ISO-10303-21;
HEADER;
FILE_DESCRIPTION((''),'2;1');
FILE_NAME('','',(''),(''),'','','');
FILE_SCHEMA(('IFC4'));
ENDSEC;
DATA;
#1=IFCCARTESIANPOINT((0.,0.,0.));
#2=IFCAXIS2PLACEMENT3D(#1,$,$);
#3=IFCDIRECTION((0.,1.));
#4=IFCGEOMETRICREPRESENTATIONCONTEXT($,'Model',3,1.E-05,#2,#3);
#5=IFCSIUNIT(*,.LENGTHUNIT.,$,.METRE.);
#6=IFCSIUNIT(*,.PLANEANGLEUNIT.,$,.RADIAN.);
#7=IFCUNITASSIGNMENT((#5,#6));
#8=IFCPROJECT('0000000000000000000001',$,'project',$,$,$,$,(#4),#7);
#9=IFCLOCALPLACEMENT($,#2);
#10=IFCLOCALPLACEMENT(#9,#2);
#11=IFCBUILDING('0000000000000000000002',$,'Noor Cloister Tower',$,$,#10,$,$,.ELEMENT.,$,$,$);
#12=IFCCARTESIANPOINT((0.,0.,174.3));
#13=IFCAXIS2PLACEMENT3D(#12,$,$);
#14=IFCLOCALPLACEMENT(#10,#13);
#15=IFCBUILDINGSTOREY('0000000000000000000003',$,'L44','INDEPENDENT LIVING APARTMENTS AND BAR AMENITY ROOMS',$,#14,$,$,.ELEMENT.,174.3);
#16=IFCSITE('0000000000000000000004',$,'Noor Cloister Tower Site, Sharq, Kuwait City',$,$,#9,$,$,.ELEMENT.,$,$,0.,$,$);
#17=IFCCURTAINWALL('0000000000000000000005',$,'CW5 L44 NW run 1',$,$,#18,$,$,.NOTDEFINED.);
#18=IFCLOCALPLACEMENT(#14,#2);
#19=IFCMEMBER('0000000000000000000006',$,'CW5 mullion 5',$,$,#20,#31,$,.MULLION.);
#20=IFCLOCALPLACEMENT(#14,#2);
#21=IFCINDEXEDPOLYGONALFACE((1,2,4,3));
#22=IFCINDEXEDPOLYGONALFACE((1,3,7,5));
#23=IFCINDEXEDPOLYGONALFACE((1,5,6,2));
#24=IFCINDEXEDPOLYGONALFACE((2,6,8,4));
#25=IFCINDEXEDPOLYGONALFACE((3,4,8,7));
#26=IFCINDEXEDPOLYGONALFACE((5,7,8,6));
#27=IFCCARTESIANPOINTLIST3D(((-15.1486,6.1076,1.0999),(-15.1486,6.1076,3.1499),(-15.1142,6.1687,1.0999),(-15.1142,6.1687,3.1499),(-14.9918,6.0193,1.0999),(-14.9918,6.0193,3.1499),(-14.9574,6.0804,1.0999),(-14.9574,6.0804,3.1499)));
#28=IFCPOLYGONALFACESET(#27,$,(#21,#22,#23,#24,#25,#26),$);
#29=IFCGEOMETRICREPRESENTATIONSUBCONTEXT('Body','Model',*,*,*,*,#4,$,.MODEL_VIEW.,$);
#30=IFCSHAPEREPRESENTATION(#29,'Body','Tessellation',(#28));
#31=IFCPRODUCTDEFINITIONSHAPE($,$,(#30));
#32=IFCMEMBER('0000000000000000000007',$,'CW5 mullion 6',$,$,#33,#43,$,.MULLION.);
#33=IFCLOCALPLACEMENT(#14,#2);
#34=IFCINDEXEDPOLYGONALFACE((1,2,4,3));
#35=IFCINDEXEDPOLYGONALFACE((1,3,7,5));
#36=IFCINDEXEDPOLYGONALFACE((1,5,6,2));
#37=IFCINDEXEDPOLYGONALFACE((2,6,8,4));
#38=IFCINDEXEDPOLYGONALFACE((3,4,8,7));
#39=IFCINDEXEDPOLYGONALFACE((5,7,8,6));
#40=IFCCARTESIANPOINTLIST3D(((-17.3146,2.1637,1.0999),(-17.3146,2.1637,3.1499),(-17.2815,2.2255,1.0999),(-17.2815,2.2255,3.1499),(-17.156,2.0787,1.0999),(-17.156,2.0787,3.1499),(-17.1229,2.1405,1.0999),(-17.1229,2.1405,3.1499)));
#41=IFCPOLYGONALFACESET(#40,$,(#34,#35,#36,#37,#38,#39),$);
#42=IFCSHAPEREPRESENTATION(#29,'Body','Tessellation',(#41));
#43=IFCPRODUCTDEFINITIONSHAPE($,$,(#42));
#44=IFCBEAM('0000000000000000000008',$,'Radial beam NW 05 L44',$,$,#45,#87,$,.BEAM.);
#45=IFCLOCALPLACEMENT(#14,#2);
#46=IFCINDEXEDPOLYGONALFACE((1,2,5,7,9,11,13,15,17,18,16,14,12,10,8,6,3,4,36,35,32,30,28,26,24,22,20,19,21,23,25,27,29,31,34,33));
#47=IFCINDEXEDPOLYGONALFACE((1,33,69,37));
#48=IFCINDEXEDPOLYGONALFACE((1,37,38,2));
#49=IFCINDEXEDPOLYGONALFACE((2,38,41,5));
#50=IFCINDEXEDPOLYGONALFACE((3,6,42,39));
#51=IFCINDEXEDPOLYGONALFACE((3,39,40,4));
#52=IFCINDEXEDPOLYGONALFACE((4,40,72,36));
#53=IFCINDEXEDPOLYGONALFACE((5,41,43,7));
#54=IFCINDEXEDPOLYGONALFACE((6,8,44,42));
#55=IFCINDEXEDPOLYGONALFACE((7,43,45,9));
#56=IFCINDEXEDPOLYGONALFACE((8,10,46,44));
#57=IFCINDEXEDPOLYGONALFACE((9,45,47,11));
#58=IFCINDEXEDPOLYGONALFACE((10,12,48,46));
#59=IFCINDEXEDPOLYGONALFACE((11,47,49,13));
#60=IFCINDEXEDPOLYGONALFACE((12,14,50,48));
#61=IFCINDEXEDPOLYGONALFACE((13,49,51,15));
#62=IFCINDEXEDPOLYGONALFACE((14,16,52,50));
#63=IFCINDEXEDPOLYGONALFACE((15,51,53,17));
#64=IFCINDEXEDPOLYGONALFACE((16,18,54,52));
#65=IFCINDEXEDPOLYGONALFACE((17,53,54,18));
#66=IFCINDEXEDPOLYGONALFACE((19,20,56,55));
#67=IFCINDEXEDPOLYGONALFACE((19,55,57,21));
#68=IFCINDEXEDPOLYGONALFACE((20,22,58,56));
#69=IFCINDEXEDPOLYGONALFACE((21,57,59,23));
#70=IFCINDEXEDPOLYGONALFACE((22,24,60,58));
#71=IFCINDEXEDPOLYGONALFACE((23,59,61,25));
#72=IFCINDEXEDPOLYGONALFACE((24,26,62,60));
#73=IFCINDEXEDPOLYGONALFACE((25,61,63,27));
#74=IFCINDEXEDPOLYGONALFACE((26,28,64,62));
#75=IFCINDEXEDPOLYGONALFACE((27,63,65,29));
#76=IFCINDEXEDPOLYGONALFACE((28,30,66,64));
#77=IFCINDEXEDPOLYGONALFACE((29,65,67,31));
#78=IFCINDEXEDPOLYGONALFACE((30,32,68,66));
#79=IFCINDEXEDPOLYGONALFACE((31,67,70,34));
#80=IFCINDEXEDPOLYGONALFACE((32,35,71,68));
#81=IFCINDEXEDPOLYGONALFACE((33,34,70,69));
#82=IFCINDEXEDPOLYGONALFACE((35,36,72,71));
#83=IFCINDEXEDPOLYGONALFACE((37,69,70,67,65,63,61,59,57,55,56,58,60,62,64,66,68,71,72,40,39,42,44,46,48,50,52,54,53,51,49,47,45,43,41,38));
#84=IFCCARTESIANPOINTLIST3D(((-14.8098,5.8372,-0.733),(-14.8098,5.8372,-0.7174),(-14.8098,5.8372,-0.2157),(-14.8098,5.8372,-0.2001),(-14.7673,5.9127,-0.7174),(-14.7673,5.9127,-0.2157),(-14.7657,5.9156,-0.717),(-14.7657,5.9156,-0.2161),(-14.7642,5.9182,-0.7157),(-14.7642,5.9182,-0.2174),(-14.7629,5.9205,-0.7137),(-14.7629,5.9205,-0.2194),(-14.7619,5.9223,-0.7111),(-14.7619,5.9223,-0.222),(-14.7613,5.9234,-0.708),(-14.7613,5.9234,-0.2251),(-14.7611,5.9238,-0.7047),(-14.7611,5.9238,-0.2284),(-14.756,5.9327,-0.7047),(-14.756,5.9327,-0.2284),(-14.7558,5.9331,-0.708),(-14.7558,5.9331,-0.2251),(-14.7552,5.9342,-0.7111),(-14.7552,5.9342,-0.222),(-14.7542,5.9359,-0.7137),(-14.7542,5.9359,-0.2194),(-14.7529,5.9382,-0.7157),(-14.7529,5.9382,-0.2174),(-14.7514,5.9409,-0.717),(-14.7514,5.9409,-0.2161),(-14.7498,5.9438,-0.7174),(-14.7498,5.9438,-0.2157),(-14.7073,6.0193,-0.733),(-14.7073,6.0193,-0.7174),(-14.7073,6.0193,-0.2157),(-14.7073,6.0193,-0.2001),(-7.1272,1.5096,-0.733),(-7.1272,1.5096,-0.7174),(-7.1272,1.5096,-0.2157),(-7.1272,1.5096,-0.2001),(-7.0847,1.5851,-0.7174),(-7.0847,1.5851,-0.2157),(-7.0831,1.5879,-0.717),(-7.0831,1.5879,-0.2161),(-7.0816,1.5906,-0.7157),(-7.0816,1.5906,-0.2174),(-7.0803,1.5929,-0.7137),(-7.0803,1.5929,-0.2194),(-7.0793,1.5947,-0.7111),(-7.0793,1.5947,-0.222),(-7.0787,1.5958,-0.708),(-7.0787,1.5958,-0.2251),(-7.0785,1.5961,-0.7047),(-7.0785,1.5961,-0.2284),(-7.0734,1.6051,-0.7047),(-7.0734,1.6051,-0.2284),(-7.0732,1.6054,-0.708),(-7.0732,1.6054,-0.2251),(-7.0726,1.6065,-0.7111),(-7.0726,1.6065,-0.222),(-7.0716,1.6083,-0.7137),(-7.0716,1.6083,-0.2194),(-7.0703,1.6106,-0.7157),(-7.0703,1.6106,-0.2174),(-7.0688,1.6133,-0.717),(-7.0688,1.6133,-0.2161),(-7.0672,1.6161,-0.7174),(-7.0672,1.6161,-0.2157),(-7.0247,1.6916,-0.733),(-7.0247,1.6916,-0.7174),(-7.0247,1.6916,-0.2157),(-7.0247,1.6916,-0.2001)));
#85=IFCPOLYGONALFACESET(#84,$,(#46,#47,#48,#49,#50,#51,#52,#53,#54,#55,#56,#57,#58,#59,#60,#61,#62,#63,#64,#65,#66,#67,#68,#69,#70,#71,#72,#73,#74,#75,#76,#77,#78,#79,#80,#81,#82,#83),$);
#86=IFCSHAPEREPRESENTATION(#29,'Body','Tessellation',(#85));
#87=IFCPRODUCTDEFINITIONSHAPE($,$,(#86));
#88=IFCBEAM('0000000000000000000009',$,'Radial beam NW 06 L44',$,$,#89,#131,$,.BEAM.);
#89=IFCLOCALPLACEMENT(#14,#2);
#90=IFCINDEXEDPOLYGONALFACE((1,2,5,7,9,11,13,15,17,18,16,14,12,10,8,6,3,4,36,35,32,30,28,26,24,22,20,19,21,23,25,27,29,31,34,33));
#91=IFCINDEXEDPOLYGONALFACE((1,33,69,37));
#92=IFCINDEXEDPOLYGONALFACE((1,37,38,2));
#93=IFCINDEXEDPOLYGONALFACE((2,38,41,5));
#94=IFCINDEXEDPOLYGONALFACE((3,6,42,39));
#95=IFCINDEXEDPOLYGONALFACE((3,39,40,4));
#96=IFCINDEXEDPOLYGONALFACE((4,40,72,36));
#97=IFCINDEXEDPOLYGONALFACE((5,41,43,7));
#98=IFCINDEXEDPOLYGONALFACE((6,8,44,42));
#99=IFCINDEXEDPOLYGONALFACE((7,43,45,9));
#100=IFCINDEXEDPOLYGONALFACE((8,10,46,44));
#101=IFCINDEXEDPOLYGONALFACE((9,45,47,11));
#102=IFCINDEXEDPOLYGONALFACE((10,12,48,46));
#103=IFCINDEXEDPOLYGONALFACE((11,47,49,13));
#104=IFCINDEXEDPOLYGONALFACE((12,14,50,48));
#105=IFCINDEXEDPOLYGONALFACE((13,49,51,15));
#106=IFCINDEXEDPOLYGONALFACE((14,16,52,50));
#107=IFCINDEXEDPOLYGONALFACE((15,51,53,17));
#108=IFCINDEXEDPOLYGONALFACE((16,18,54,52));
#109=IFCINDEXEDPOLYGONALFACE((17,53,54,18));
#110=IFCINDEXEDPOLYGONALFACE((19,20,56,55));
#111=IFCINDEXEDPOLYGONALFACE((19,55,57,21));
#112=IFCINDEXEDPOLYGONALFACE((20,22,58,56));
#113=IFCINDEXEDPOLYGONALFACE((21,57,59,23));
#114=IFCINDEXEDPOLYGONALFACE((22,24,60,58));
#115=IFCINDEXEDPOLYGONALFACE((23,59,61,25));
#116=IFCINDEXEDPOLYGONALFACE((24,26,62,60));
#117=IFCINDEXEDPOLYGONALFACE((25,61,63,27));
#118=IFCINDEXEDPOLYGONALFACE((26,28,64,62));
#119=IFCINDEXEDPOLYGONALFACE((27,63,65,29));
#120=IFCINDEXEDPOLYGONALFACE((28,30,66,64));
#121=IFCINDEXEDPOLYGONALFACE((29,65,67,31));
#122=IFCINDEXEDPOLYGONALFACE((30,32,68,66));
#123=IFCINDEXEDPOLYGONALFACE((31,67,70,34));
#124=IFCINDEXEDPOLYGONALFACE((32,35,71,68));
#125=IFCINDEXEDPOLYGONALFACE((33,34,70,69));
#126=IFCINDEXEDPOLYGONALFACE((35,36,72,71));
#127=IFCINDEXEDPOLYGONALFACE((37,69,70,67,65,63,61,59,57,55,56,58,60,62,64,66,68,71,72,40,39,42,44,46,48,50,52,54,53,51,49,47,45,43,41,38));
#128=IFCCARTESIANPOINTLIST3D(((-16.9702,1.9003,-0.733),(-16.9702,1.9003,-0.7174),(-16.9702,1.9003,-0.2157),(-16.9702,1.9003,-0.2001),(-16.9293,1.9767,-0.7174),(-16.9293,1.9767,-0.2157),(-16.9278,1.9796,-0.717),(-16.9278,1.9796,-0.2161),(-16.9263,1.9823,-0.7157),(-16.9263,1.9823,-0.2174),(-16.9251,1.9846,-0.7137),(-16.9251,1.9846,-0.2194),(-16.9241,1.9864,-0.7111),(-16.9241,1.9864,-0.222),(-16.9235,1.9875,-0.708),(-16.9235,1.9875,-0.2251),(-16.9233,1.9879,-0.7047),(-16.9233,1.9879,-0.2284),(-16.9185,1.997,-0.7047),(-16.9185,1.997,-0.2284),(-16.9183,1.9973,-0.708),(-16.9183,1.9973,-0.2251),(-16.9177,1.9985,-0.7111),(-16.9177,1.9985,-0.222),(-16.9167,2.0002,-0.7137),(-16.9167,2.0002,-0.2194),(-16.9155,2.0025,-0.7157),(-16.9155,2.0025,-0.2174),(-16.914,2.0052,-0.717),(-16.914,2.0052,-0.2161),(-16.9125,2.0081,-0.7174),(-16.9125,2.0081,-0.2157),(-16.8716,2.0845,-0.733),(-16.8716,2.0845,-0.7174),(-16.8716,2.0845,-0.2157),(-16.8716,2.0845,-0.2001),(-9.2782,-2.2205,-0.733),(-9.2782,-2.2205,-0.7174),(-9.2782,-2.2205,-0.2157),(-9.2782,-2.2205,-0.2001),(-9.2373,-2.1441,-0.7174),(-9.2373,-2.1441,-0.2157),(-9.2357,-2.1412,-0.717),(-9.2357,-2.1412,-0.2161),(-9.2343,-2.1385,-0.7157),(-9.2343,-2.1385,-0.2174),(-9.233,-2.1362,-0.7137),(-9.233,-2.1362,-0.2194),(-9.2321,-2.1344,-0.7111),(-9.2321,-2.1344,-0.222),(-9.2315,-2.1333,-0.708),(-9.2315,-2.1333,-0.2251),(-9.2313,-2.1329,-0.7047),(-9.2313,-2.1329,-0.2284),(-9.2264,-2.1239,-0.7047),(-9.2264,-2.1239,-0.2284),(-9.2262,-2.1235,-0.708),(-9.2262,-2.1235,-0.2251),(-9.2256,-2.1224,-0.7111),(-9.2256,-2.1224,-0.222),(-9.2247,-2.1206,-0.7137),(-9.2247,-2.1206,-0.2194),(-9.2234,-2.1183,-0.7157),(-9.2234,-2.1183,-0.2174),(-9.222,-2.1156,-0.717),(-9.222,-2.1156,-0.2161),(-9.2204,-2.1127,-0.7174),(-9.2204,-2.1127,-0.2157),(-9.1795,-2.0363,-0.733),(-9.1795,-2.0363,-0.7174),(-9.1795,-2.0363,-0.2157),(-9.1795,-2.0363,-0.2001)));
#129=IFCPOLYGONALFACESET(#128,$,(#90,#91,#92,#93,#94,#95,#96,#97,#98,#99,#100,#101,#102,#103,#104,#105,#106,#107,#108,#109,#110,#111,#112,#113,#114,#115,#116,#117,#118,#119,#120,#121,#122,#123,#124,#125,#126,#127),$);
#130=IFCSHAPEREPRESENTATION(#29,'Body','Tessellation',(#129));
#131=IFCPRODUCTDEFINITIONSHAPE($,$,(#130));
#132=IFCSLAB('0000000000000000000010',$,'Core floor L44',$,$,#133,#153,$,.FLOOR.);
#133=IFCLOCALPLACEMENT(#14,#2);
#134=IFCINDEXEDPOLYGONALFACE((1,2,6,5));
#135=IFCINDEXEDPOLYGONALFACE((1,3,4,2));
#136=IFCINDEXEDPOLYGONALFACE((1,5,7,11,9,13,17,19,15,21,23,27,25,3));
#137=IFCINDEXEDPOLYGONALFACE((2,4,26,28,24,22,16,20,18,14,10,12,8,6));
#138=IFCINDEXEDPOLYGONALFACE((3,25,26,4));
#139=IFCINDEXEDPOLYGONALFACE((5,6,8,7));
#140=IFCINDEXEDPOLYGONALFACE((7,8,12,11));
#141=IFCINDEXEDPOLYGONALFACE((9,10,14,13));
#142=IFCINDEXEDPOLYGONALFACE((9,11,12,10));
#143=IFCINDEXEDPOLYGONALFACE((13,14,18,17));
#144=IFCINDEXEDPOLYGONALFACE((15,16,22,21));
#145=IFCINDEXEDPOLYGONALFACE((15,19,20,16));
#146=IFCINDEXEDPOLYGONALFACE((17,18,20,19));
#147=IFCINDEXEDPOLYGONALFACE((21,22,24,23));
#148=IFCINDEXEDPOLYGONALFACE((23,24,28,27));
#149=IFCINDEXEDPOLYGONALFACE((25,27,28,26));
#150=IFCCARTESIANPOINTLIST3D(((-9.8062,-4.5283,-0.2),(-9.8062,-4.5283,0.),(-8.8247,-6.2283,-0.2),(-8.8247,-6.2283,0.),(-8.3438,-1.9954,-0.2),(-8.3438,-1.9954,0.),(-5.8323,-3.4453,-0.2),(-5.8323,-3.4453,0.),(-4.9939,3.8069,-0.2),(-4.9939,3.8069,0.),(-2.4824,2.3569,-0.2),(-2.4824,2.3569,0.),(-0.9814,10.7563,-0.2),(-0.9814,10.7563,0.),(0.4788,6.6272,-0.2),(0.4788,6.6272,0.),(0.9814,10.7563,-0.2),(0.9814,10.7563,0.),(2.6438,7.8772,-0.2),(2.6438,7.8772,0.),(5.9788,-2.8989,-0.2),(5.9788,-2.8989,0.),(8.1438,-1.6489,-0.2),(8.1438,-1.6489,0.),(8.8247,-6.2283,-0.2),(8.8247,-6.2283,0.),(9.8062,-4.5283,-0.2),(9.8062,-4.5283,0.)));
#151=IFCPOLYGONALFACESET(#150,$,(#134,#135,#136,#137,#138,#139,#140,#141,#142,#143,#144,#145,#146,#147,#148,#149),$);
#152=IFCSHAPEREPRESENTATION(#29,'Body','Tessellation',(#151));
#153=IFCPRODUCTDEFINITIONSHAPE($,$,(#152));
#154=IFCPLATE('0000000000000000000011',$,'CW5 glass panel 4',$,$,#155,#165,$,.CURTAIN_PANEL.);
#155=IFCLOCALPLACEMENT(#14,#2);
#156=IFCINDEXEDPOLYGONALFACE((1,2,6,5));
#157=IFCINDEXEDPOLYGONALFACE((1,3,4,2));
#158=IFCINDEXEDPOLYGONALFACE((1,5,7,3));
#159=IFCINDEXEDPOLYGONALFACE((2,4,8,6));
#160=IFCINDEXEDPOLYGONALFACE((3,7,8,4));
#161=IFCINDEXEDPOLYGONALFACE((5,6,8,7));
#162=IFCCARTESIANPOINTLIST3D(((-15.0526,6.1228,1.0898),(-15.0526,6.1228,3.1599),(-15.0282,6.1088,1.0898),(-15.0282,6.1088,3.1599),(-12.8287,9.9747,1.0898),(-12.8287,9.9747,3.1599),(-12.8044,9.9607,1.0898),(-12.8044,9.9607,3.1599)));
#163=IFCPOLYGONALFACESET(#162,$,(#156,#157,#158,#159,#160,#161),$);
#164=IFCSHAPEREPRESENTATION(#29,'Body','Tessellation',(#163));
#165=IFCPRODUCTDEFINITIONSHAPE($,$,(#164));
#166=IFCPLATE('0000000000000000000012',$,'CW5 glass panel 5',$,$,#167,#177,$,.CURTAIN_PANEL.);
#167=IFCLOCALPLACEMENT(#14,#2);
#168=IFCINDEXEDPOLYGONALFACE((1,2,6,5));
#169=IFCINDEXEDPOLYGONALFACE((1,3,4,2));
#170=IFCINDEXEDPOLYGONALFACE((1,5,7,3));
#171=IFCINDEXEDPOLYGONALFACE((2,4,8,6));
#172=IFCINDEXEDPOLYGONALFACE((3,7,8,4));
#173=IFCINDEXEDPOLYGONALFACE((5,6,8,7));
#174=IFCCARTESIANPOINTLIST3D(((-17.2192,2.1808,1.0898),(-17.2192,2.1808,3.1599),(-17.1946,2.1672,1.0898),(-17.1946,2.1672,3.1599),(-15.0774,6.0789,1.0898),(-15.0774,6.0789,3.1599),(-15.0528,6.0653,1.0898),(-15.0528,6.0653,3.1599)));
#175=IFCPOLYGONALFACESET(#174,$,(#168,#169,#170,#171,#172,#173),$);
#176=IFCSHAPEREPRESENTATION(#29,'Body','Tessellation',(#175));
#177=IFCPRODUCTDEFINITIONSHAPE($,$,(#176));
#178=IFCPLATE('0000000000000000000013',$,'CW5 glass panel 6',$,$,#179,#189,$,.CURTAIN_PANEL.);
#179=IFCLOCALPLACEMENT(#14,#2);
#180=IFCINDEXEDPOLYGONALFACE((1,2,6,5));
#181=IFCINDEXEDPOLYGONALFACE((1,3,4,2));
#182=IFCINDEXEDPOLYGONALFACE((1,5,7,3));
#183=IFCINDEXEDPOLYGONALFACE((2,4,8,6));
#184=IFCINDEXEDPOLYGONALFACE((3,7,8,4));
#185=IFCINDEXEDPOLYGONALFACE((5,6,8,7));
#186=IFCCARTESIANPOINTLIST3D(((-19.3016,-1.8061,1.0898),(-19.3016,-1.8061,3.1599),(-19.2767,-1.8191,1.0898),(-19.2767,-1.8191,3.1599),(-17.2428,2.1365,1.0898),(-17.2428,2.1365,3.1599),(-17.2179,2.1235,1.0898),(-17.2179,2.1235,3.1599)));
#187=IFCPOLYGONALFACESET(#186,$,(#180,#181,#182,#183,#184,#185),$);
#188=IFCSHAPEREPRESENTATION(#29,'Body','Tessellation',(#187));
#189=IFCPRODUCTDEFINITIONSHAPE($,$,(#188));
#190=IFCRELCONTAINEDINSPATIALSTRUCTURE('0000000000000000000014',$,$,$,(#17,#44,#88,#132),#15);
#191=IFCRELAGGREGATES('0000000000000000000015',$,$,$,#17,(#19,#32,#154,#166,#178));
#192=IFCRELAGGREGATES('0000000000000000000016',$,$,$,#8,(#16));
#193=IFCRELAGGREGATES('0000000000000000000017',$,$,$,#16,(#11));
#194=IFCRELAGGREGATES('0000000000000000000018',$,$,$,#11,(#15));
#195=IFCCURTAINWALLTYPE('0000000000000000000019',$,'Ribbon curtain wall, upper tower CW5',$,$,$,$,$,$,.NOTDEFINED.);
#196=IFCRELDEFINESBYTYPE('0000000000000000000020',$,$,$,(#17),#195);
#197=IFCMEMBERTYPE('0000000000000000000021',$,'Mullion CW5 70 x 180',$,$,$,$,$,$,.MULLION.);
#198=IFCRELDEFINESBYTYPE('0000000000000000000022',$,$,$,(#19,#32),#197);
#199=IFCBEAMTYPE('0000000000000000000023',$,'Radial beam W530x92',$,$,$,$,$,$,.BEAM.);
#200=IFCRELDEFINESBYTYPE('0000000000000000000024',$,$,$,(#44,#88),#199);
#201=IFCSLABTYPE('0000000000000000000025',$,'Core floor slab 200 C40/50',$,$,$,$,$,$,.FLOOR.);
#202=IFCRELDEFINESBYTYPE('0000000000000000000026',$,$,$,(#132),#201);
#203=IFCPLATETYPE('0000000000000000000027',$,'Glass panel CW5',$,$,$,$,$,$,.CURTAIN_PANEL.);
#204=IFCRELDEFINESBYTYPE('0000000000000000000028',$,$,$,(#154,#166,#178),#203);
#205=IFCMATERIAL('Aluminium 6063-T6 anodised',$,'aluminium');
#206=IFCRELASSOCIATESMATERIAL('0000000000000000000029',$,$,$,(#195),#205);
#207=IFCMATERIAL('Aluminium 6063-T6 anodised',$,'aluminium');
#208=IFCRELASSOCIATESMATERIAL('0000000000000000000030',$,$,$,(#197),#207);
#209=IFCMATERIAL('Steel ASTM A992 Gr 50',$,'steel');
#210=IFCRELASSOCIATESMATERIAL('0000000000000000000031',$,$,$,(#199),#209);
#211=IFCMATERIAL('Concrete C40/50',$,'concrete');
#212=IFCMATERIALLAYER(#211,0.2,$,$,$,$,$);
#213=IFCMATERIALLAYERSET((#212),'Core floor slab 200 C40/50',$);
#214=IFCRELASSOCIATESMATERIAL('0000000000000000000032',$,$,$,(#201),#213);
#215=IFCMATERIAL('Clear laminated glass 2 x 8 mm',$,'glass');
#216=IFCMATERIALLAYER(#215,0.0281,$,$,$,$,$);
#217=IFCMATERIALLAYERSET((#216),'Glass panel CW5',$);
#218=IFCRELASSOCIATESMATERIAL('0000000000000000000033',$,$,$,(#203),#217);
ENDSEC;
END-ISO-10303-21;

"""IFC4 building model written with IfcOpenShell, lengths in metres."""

from ifc_helpers import new_model, si_unit, direction, frame, origin, origin_2d, place, context, subcontext, project, spatial, polyline, rectangle, i_section, outline, extrude, material, layer, layer_set, material_profile, profile_set, type_object, element, aggregate, save


model = new_model("IFC4")

# Units and contexts
model_context = context("Model", 3, precision=1e-05, world=origin(), true_north=direction((0.0, 1.0)))
body_context = subcontext(model_context, "Body", "Model", "MODEL_VIEW")
ifc_project = project(units=[si_unit("LENGTHUNIT", "METRE"), si_unit("PLANEANGLEUNIT", "RADIAN")], contexts=[model_context])

# Site, building, storey
site_placement = place(None, origin())
site = spatial("IfcSite", under=ifc_project, at=site_placement, Name="Noor Cloister Tower Site, Sharq, Kuwait City", CompositionType="ELEMENT", RefElevation=0.0)
building_placement = place(site_placement, origin())
building = spatial("IfcBuilding", under=site, at=building_placement, Name="Noor Cloister Tower", CompositionType="ELEMENT")
storey_placement = place(building_placement, frame((0.0, 0.0, 174.3)))
storey = spatial("IfcBuildingStorey", under=building, at=storey_placement, Name="L44", Description="INDEPENDENT LIVING APARTMENTS AND BAR AMENITY ROOMS", CompositionType="ELEMENT", Elevation=174.3)

# Curtain wall, members
ifc_material_1 = material(Name="Aluminium 6063-T6 anodised", Category="aluminium")
curtain_wall_type = type_object("IfcCurtainWallType", Name="Ribbon curtain wall, upper tower CW5", PredefinedType="NOTDEFINED", material=ifc_material_1)
curtain_wall_placement = place(storey_placement, origin())
curtain_wall = element("IfcCurtainWall", 1, at=curtain_wall_placement, inside=storey, type_object=curtain_wall_type, Name="CW5 L44 NW run 1", PredefinedType="NOTDEFINED")
ifc_material_2 = material(Name="Aluminium 6063-T6 anodised", Category="aluminium")
ifc_material_profile_1 = material_profile(ifc_material_2, rectangle(XDim=0.1799, YDim=0.0701, at=origin_2d()), Name="180 x 70 mullion")
ifc_profile_set_1 = profile_set([ifc_material_profile_1], Name="Aluminium 6063-T6 anodised")
member_type = type_object("IfcMemberType", Name="Mullion CW5 70 x 180", PredefinedType="MULLION", material=ifc_profile_set_1)
member_1_placement = place(storey_placement, frame((-15.053, 6.094, 1.0999), z_axis=(0.0, 0.0, 1.0), x_axis=(0.871272, -0.4908, 0.0)))
member_1 = element("IfcMember", 2, at=member_1_placement, type_object=member_type, Name="CW5 mullion 5", PredefinedType="MULLION", context=body_context, shape_type="SweptSolid", body=[
    extrude(rectangle(XDim=0.1799, YDim=0.0701, at=origin_2d()), origin(), (0.0, 0.0, 1.0), 2.05),
])
member_2_placement = place(storey_placement, frame((-17.2188, 2.1521, 1.0999), z_axis=(0.0, 0.0, 1.0), x_axis=(0.881472, -0.472237, 0.0)))
member_2 = element("IfcMember", 3, at=member_2_placement, type_object=member_type, Name="CW5 mullion 6", PredefinedType="MULLION", context=body_context, shape_type="SweptSolid", body=[
    extrude(rectangle(XDim=0.1799, YDim=0.0701, at=origin_2d()), origin(), (0.0, 0.0, 1.0), 2.05),
])

# Beams
ifc_material_3 = material(Name="Steel ASTM A992 Gr 50", Category="steel")
ifc_material_profile_2 = material_profile(ifc_material_3, i_section(OverallWidth=0.209, OverallDepth=0.533, WebThickness=0.0103, FlangeThickness=0.0156, FilletRadius=0.0127, at=origin_2d()), Name="W530x92")
ifc_profile_set_2 = profile_set([ifc_material_profile_2], Name="Steel ASTM A992 Gr 50")
beam_type_1 = type_object("IfcBeamType", Name="Radial beam W530x92", PredefinedType="BEAM", material=ifc_profile_set_2)
beam_1_placement = place(storey_placement, frame((-14.7585, 5.9282, -0.4666), z_axis=(0.871277, -0.490792, 0.0), x_axis=(0.490792, 0.871277, 0.0)))
element("IfcBeam", 4, at=beam_1_placement, inside=storey, type_object=beam_type_1, Name="Radial beam NW 05 L44", PredefinedType="BEAM", context=body_context, shape_type="SweptSolid", body=[
    extrude(i_section(OverallWidth=0.209, OverallDepth=0.533, WebThickness=0.0103, FlangeThickness=0.0156, FilletRadius=0.0127, at=origin_2d()), origin(), (0.0, 0.0, 1.0), 8.8176),
])
beam_2_placement = place(storey_placement, frame((-16.9209, 1.9924, -0.4666), z_axis=(0.881477, -0.472227, 0.0), x_axis=(0.472227, 0.881477, 0.0)))
element("IfcBeam", 5, at=beam_2_placement, inside=storey, type_object=beam_type_1, Name="Radial beam NW 06 L44", PredefinedType="BEAM", context=body_context, shape_type="SweptSolid", body=[
    extrude(i_section(OverallWidth=0.209, OverallDepth=0.533, WebThickness=0.0103, FlangeThickness=0.0156, FilletRadius=0.0127, at=origin_2d()), origin(), (0.0, 0.0, 1.0), 8.7263),
])

# Slab
ifc_material_4 = material(Name="Concrete C40/50", Category="concrete")
ifc_layer_1 = layer(ifc_material_4, 0.2)
ifc_layer_set_1 = layer_set([ifc_layer_1], Name="Core floor slab 200 C40/50")
slab_type_1 = type_object("IfcSlabType", Name="Core floor slab 200 C40/50", PredefinedType="FLOOR", material=ifc_layer_set_1)
slab_1_placement = place(storey_placement, frame((0.0, 0.0, -0.2)))
element("IfcSlab", 6, at=slab_1_placement, inside=storey, type_object=slab_type_1, Name="Core floor L44", PredefinedType="FLOOR", context=body_context, shape_type="SweptSolid", body=[
    extrude(outline(polyline([(2.6438, 7.8772), (0.9814, 10.7563), (-0.9814, 10.7563), (-4.9939, 3.8069), (-2.4824, 2.3569), (-5.8323, -3.4453), (-8.3438, -1.9954), (-9.8062, -4.5283), (-8.8247, -6.2283), (8.8247, -6.2283), (9.8062, -4.5283), (8.1438, -1.6489), (5.9788, -2.8989), (0.4788, 6.6272), (2.6438, 7.8772)])), origin(), (0.0, 0.0, 1.0), 0.2),
])

# Plates
ifc_material_5 = material(Name="Clear laminated glass 2 x 8 mm", Category="glass")
ifc_layer_2 = layer(ifc_material_5, 0.0281)
ifc_layer_set_2 = layer_set([ifc_layer_2], Name="Glass panel CW5")
plate_type = type_object("IfcPlateType", Name="Glass panel CW5", PredefinedType="CURTAIN_PANEL", material=ifc_layer_set_2)
plate_1_placement = place(storey_placement, frame((-13.9285, 8.0417, 1.0898), z_axis=(0.0, 0.0, 1.0), x_axis=(-0.5, -0.866025, 0.0)))
plate_1 = element("IfcPlate", 7, at=plate_1_placement, type_object=plate_type, Name="CW5 glass panel 4", PredefinedType="CURTAIN_PANEL", context=body_context, shape_type="SweptSolid", body=[
    extrude(rectangle(XDim=4.4478, YDim=0.0281, at=origin_2d()), origin(), (0.0, 0.0, 1.0), 2.0701),
])
plate_2_placement = place(storey_placement, frame((-16.136, 4.123, 1.0898), z_axis=(0.0, 0.0, 1.0), x_axis=(-0.481545, -0.876421, 0.0)))
plate_2 = element("IfcPlate", 8, at=plate_2_placement, type_object=plate_type, Name="CW5 glass panel 5", PredefinedType="CURTAIN_PANEL", context=body_context, shape_type="SweptSolid", body=[
    extrude(rectangle(XDim=4.4478, YDim=0.0281, at=origin_2d()), origin(), (0.0, 0.0, 1.0), 2.0701),
])
plate_3_placement = place(storey_placement, frame((-18.2598, 0.1587, 1.0898), z_axis=(0.0, 0.0, 1.0), x_axis=(-0.462875, -0.886424, 0.0)))
plate_3 = element("IfcPlate", 9, at=plate_3_placement, type_object=plate_type, Name="CW5 glass panel 6", PredefinedType="CURTAIN_PANEL", context=body_context, shape_type="SweptSolid", body=[
    extrude(rectangle(XDim=4.4478, YDim=0.0281, at=origin_2d()), origin(), (0.0, 0.0, 1.0), 2.0701),
])
aggregate(curtain_wall, [member_1, member_2, plate_1, plate_2, plate_3])

save(model, "model.ifc")
